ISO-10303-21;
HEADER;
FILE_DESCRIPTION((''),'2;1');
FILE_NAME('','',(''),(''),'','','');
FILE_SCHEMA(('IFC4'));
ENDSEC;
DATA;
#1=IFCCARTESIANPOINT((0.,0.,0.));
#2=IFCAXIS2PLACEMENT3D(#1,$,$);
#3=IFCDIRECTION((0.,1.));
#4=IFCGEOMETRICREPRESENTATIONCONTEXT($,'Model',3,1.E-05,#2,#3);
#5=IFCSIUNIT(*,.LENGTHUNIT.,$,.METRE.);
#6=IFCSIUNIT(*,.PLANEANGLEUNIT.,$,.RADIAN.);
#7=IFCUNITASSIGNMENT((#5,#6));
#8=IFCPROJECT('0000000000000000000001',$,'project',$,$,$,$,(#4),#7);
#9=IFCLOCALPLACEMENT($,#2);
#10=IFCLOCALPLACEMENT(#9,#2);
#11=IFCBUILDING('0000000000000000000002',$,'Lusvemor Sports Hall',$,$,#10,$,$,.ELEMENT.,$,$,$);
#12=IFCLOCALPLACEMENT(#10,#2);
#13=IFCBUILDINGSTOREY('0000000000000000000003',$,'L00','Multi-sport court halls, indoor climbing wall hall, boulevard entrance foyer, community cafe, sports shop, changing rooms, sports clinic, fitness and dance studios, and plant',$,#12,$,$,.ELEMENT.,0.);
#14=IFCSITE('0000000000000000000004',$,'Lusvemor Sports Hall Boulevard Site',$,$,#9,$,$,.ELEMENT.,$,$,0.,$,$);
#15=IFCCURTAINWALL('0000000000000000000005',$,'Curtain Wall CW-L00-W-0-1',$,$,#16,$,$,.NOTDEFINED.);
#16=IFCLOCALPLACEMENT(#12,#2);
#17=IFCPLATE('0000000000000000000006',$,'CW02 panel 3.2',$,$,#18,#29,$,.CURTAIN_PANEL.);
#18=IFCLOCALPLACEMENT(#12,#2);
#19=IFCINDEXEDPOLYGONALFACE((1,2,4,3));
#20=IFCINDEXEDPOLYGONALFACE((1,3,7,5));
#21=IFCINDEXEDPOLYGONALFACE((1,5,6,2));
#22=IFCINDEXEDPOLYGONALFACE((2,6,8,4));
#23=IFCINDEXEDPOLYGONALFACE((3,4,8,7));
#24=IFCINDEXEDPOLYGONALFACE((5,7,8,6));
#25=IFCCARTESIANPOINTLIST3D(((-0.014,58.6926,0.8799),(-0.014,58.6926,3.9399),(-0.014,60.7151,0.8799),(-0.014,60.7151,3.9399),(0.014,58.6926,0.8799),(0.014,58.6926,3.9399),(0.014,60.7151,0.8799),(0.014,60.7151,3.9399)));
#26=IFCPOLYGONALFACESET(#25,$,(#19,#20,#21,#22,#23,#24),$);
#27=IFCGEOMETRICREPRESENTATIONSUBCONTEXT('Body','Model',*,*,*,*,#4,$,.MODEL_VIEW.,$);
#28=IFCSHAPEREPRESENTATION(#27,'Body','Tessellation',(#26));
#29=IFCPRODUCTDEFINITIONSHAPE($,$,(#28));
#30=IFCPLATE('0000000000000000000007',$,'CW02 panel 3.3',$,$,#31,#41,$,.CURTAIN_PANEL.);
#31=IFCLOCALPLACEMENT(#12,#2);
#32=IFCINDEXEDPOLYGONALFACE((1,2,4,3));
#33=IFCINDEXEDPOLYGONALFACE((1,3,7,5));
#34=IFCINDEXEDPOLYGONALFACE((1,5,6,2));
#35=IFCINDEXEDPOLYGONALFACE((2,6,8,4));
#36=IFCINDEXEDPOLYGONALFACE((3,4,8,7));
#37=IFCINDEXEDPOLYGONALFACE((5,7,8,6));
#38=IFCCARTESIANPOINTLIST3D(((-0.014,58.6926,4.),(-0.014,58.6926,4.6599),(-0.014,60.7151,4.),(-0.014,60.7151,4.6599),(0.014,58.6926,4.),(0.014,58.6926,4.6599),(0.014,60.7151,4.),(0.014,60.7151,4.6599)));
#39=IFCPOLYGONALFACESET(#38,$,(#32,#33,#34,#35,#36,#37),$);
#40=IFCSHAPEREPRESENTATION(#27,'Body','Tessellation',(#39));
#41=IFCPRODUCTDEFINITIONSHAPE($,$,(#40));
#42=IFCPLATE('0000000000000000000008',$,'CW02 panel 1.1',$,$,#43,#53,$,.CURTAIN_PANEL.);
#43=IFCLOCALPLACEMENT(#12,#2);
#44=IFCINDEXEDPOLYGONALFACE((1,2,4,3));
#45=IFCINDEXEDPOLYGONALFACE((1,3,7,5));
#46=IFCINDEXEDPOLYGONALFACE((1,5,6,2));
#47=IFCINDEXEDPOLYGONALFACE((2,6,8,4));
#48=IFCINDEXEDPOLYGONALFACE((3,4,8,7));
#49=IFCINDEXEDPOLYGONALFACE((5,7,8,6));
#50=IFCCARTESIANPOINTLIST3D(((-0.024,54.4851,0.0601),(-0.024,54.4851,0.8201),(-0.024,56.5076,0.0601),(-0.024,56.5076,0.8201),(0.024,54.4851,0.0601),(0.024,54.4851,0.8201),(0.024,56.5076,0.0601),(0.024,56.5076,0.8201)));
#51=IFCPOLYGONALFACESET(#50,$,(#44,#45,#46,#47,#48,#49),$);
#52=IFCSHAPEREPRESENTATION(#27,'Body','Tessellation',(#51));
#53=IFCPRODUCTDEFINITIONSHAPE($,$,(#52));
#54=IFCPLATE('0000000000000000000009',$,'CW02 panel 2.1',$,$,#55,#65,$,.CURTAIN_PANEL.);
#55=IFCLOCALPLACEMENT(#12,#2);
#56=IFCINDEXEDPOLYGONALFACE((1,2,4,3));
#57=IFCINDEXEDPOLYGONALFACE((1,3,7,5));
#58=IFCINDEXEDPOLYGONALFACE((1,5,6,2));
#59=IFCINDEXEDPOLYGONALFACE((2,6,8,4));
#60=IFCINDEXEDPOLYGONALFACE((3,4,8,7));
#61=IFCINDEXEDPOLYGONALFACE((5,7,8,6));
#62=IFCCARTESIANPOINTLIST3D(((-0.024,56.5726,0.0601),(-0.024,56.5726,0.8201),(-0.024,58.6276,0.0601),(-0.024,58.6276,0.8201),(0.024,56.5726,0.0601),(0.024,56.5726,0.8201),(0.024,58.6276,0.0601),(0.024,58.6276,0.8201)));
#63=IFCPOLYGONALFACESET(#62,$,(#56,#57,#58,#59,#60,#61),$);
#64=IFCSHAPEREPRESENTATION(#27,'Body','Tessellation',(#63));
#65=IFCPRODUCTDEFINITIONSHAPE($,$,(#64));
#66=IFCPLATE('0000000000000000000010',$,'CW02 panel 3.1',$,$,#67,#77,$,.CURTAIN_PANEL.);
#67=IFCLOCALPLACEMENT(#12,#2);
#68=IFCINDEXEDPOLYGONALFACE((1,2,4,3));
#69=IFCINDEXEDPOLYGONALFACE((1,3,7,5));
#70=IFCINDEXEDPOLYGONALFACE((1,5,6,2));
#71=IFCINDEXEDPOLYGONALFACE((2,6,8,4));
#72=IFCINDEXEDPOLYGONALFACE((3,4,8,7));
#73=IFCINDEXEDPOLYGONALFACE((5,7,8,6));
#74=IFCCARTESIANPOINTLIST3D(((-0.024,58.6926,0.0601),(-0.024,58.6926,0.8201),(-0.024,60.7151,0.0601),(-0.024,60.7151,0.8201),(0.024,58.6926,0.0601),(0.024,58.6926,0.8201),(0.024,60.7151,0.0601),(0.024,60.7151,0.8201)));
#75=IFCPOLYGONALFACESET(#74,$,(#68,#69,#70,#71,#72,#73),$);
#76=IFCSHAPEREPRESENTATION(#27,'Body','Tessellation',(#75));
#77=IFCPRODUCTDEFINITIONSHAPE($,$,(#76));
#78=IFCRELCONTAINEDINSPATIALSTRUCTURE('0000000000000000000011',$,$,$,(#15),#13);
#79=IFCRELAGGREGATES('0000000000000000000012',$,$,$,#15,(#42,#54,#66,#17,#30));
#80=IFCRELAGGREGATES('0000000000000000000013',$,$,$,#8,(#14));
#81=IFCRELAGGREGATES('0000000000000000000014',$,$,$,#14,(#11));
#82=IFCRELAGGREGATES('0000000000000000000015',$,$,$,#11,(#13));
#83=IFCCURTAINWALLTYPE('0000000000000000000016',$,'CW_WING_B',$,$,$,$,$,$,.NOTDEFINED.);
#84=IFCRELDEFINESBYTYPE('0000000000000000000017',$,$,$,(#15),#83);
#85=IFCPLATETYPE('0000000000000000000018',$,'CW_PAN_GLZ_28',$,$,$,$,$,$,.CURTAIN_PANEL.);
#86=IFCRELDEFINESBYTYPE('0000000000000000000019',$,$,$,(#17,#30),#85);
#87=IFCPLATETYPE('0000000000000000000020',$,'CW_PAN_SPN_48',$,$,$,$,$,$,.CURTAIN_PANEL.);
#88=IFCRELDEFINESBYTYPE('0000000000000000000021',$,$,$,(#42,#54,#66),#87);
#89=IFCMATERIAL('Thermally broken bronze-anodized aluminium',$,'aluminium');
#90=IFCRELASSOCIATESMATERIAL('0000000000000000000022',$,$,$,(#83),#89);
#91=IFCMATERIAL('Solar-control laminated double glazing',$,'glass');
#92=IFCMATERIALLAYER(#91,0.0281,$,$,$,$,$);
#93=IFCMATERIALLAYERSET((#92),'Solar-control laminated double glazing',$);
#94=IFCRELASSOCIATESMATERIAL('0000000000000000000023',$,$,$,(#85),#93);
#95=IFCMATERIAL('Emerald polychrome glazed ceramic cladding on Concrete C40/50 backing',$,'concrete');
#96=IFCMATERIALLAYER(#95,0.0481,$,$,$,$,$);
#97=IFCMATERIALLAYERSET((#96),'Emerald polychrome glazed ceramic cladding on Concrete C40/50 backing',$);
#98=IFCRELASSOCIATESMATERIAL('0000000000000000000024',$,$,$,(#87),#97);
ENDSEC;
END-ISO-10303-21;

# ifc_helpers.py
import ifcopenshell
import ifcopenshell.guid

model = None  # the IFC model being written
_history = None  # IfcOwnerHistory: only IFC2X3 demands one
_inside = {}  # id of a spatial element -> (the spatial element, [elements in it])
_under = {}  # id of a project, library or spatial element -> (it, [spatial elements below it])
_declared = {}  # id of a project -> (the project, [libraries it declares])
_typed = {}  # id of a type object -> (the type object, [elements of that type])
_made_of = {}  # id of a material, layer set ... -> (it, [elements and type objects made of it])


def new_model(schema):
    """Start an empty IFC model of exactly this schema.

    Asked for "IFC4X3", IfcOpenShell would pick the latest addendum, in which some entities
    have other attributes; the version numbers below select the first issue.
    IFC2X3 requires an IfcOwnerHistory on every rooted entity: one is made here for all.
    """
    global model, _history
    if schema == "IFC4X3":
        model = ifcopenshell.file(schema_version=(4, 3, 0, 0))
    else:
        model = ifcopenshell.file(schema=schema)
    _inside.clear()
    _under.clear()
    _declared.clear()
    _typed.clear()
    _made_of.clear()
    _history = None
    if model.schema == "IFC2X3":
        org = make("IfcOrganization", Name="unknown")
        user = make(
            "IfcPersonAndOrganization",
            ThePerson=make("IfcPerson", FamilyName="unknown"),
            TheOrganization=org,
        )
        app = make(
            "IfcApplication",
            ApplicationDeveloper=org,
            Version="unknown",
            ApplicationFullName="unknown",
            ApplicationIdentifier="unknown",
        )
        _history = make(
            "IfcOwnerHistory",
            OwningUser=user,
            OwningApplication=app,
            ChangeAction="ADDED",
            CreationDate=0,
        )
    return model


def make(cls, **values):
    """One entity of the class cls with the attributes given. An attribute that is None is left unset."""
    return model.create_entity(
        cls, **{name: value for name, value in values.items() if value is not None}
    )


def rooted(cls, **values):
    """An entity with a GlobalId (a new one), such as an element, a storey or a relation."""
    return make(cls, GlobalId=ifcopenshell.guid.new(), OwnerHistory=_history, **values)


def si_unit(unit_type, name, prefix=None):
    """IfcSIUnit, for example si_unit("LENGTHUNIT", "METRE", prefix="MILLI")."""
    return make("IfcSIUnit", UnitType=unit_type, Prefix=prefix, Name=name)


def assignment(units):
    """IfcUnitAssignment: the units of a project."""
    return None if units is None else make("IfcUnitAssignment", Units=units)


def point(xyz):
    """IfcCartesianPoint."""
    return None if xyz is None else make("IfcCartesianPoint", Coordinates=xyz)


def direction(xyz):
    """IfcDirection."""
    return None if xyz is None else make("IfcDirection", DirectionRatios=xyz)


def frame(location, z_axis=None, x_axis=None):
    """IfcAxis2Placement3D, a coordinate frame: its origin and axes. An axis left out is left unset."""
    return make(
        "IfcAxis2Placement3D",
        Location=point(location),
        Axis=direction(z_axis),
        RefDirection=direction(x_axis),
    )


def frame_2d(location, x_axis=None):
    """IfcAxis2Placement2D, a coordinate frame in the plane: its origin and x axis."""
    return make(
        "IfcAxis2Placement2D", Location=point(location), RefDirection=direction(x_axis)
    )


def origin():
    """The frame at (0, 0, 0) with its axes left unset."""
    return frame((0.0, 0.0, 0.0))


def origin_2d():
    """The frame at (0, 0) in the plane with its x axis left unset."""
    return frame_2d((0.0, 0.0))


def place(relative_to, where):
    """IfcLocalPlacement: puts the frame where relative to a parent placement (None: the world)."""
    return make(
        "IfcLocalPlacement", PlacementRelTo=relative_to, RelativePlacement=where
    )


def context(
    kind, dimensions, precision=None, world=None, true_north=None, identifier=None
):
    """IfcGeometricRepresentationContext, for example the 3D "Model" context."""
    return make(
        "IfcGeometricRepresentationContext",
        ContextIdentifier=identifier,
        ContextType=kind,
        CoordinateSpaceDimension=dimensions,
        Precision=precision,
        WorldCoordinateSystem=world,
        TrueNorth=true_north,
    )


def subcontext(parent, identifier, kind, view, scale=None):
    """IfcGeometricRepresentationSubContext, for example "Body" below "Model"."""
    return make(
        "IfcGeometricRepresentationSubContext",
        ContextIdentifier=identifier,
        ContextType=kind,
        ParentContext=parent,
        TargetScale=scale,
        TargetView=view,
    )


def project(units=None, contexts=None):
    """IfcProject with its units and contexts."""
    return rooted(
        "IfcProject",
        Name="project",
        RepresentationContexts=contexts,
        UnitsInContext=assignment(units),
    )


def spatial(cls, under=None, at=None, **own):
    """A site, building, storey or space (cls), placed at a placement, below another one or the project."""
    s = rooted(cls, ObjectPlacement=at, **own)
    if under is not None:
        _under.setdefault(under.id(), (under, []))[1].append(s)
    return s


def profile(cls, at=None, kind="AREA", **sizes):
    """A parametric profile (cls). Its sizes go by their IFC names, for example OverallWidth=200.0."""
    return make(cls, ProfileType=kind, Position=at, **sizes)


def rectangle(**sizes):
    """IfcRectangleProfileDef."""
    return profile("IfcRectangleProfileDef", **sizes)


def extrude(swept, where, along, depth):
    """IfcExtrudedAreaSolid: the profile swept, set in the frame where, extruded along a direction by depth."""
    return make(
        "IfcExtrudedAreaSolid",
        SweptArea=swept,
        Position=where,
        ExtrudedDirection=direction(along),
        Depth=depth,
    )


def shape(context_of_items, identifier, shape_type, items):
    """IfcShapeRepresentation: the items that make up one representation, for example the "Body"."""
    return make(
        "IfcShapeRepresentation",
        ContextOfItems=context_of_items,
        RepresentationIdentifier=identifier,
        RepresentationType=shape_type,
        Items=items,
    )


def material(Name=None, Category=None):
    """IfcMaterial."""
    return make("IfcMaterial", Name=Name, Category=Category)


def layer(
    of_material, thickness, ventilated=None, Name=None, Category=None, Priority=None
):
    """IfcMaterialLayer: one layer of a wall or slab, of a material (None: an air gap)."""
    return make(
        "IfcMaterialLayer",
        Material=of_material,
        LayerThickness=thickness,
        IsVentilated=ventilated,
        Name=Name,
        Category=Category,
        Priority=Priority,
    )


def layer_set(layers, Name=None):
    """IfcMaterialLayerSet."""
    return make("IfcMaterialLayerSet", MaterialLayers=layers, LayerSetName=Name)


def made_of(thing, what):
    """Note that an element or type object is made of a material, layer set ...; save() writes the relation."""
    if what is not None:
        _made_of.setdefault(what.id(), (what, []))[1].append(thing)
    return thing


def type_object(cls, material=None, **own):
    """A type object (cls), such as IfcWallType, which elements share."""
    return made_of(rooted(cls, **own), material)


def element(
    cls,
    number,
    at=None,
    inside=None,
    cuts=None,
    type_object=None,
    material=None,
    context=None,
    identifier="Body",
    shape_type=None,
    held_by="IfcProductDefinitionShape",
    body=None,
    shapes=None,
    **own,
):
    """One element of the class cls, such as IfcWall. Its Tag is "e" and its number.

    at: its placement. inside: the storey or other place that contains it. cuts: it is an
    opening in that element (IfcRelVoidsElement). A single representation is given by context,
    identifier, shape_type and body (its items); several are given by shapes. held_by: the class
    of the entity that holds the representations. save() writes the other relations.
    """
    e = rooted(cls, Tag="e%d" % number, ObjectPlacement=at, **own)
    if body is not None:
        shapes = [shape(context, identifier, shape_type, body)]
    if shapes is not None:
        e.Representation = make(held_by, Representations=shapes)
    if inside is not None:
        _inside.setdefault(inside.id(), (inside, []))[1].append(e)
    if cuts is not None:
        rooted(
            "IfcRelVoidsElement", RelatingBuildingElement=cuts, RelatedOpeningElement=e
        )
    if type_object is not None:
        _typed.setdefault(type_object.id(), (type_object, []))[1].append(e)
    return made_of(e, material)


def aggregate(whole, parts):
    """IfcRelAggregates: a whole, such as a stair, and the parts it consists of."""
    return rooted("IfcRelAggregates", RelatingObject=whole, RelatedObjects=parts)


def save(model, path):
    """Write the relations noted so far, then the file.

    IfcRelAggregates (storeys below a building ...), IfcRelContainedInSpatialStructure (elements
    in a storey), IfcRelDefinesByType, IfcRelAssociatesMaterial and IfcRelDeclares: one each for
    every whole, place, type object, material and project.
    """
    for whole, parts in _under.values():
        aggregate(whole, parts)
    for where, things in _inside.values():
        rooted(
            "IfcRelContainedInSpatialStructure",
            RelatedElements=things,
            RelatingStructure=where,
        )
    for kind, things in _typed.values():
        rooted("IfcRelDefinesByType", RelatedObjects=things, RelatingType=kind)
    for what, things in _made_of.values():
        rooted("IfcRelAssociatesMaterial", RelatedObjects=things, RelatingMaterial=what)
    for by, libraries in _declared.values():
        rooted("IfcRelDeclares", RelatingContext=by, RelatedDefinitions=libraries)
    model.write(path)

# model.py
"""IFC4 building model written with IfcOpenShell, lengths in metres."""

from ifc_helpers import new_model, si_unit, direction, frame, origin, origin_2d, place, context, subcontext, project, spatial, rectangle, extrude, material, layer, layer_set, type_object, element, aggregate, save


model = new_model("IFC4")

# Units and contexts
model_context = context("Model", 3, precision=1e-05, world=origin(), true_north=direction((0.0, 1.0)))
body_context = subcontext(model_context, "Body", "Model", "MODEL_VIEW")
ifc_project = project(units=[si_unit("LENGTHUNIT", "METRE"), si_unit("PLANEANGLEUNIT", "RADIAN")], contexts=[model_context])

# Site, building, storey
site_placement = place(None, origin())
site = spatial("IfcSite", under=ifc_project, at=site_placement, Name="Lusvemor Sports Hall Boulevard Site", CompositionType="ELEMENT", RefElevation=0.0)
building_placement = place(site_placement, origin())
building = spatial("IfcBuilding", under=site, at=building_placement, Name="Lusvemor Sports Hall", CompositionType="ELEMENT")
storey_placement = place(building_placement, origin())
storey = spatial("IfcBuildingStorey", under=building, at=storey_placement, Name="L00", Description="Multi-sport court halls, indoor climbing wall hall, boulevard entrance foyer, community cafe, sports shop, changing rooms, sports clinic, fitness and dance studios, and plant", CompositionType="ELEMENT", Elevation=0.0)

# Curtain wall, plates
ifc_material_1 = material(Name="Thermally broken bronze-anodized aluminium", Category="aluminium")
curtain_wall_type = type_object("IfcCurtainWallType", Name="CW_WING_B", PredefinedType="NOTDEFINED", material=ifc_material_1)
curtain_wall_placement = place(storey_placement, origin())
curtain_wall = element("IfcCurtainWall", 1, at=curtain_wall_placement, inside=storey, type_object=curtain_wall_type, Name="Curtain Wall CW-L00-W-0-1", PredefinedType="NOTDEFINED")
ifc_material_2 = material(Name="Solar-control laminated double glazing", Category="glass")
ifc_layer_1 = layer(ifc_material_2, 0.0281)
ifc_layer_set_1 = layer_set([ifc_layer_1], Name="Solar-control laminated double glazing")
plate_type_1 = type_object("IfcPlateType", Name="CW_PAN_GLZ_28", PredefinedType="CURTAIN_PANEL", material=ifc_layer_set_1)
plate_1_placement = place(storey_placement, frame((0.0, 59.7039, 0.8799), z_axis=(0.0, 0.0, 1.0), x_axis=(0.0, 1.0, 0.0)))
plate_1 = element("IfcPlate", 2, at=plate_1_placement, type_object=plate_type_1, Name="CW02 panel 3.2", PredefinedType="CURTAIN_PANEL", context=body_context, shape_type="SweptSolid", body=[
    extrude(rectangle(XDim=2.0225, YDim=0.0281, at=origin_2d()), origin(), (0.0, 0.0, 1.0), 3.0601),
])
plate_2_placement = place(storey_placement, frame((0.0, 59.7039, 4.0), z_axis=(0.0, 0.0, 1.0), x_axis=(0.0, 1.0, 0.0)))
plate_2 = element("IfcPlate", 3, at=plate_2_placement, type_object=plate_type_1, Name="CW02 panel 3.3", PredefinedType="CURTAIN_PANEL", context=body_context, shape_type="SweptSolid", body=[
    extrude(rectangle(XDim=2.0225, YDim=0.0281, at=origin_2d()), origin(), (0.0, 0.0, 1.0), 0.6599),
])
ifc_material_3 = material(Name="Emerald polychrome glazed ceramic cladding on Concrete C40/50 backing", Category="concrete")
ifc_layer_2 = layer(ifc_material_3, 0.0481)
ifc_layer_set_2 = layer_set([ifc_layer_2], Name="Emerald polychrome glazed ceramic cladding on Concrete C40/50 backing")
plate_type_2 = type_object("IfcPlateType", Name="CW_PAN_SPN_48", PredefinedType="CURTAIN_PANEL", material=ifc_layer_set_2)
plate_3_placement = place(storey_placement, frame((0.0, 55.4963, 0.0601), z_axis=(0.0, 0.0, 1.0), x_axis=(0.0, 1.0, 0.0)))
plate_3 = element("IfcPlate", 4, at=plate_3_placement, type_object=plate_type_2, Name="CW02 panel 1.1", PredefinedType="CURTAIN_PANEL", context=body_context, shape_type="SweptSolid", body=[
    extrude(rectangle(XDim=2.0225, YDim=0.0481, at=origin_2d()), origin(), (0.0, 0.0, 1.0), 0.76),
])
plate_4_placement = place(storey_placement, frame((0.0, 57.6001, 0.0601), z_axis=(0.0, 0.0, 1.0), x_axis=(0.0, 1.0, 0.0)))
plate_4 = element("IfcPlate", 5, at=plate_4_placement, type_object=plate_type_2, Name="CW02 panel 2.1", PredefinedType="CURTAIN_PANEL", context=body_context, shape_type="SweptSolid", body=[
    extrude(rectangle(XDim=2.0549, YDim=0.0481, at=origin_2d()), origin(), (0.0, 0.0, 1.0), 0.76),
])
plate_5_placement = place(storey_placement, frame((0.0, 59.7039, 0.0601), z_axis=(0.0, 0.0, 1.0), x_axis=(0.0, 1.0, 0.0)))
plate_5 = element("IfcPlate", 6, at=plate_5_placement, type_object=plate_type_2, Name="CW02 panel 3.1", PredefinedType="CURTAIN_PANEL", context=body_context, shape_type="SweptSolid", body=[
    extrude(rectangle(XDim=2.0225, YDim=0.0481, at=origin_2d()), origin(), (0.0, 0.0, 1.0), 0.76),
])
aggregate(curtain_wall, [plate_3, plate_4, plate_5, plate_1, plate_2])

save(model, "model.ifc")
